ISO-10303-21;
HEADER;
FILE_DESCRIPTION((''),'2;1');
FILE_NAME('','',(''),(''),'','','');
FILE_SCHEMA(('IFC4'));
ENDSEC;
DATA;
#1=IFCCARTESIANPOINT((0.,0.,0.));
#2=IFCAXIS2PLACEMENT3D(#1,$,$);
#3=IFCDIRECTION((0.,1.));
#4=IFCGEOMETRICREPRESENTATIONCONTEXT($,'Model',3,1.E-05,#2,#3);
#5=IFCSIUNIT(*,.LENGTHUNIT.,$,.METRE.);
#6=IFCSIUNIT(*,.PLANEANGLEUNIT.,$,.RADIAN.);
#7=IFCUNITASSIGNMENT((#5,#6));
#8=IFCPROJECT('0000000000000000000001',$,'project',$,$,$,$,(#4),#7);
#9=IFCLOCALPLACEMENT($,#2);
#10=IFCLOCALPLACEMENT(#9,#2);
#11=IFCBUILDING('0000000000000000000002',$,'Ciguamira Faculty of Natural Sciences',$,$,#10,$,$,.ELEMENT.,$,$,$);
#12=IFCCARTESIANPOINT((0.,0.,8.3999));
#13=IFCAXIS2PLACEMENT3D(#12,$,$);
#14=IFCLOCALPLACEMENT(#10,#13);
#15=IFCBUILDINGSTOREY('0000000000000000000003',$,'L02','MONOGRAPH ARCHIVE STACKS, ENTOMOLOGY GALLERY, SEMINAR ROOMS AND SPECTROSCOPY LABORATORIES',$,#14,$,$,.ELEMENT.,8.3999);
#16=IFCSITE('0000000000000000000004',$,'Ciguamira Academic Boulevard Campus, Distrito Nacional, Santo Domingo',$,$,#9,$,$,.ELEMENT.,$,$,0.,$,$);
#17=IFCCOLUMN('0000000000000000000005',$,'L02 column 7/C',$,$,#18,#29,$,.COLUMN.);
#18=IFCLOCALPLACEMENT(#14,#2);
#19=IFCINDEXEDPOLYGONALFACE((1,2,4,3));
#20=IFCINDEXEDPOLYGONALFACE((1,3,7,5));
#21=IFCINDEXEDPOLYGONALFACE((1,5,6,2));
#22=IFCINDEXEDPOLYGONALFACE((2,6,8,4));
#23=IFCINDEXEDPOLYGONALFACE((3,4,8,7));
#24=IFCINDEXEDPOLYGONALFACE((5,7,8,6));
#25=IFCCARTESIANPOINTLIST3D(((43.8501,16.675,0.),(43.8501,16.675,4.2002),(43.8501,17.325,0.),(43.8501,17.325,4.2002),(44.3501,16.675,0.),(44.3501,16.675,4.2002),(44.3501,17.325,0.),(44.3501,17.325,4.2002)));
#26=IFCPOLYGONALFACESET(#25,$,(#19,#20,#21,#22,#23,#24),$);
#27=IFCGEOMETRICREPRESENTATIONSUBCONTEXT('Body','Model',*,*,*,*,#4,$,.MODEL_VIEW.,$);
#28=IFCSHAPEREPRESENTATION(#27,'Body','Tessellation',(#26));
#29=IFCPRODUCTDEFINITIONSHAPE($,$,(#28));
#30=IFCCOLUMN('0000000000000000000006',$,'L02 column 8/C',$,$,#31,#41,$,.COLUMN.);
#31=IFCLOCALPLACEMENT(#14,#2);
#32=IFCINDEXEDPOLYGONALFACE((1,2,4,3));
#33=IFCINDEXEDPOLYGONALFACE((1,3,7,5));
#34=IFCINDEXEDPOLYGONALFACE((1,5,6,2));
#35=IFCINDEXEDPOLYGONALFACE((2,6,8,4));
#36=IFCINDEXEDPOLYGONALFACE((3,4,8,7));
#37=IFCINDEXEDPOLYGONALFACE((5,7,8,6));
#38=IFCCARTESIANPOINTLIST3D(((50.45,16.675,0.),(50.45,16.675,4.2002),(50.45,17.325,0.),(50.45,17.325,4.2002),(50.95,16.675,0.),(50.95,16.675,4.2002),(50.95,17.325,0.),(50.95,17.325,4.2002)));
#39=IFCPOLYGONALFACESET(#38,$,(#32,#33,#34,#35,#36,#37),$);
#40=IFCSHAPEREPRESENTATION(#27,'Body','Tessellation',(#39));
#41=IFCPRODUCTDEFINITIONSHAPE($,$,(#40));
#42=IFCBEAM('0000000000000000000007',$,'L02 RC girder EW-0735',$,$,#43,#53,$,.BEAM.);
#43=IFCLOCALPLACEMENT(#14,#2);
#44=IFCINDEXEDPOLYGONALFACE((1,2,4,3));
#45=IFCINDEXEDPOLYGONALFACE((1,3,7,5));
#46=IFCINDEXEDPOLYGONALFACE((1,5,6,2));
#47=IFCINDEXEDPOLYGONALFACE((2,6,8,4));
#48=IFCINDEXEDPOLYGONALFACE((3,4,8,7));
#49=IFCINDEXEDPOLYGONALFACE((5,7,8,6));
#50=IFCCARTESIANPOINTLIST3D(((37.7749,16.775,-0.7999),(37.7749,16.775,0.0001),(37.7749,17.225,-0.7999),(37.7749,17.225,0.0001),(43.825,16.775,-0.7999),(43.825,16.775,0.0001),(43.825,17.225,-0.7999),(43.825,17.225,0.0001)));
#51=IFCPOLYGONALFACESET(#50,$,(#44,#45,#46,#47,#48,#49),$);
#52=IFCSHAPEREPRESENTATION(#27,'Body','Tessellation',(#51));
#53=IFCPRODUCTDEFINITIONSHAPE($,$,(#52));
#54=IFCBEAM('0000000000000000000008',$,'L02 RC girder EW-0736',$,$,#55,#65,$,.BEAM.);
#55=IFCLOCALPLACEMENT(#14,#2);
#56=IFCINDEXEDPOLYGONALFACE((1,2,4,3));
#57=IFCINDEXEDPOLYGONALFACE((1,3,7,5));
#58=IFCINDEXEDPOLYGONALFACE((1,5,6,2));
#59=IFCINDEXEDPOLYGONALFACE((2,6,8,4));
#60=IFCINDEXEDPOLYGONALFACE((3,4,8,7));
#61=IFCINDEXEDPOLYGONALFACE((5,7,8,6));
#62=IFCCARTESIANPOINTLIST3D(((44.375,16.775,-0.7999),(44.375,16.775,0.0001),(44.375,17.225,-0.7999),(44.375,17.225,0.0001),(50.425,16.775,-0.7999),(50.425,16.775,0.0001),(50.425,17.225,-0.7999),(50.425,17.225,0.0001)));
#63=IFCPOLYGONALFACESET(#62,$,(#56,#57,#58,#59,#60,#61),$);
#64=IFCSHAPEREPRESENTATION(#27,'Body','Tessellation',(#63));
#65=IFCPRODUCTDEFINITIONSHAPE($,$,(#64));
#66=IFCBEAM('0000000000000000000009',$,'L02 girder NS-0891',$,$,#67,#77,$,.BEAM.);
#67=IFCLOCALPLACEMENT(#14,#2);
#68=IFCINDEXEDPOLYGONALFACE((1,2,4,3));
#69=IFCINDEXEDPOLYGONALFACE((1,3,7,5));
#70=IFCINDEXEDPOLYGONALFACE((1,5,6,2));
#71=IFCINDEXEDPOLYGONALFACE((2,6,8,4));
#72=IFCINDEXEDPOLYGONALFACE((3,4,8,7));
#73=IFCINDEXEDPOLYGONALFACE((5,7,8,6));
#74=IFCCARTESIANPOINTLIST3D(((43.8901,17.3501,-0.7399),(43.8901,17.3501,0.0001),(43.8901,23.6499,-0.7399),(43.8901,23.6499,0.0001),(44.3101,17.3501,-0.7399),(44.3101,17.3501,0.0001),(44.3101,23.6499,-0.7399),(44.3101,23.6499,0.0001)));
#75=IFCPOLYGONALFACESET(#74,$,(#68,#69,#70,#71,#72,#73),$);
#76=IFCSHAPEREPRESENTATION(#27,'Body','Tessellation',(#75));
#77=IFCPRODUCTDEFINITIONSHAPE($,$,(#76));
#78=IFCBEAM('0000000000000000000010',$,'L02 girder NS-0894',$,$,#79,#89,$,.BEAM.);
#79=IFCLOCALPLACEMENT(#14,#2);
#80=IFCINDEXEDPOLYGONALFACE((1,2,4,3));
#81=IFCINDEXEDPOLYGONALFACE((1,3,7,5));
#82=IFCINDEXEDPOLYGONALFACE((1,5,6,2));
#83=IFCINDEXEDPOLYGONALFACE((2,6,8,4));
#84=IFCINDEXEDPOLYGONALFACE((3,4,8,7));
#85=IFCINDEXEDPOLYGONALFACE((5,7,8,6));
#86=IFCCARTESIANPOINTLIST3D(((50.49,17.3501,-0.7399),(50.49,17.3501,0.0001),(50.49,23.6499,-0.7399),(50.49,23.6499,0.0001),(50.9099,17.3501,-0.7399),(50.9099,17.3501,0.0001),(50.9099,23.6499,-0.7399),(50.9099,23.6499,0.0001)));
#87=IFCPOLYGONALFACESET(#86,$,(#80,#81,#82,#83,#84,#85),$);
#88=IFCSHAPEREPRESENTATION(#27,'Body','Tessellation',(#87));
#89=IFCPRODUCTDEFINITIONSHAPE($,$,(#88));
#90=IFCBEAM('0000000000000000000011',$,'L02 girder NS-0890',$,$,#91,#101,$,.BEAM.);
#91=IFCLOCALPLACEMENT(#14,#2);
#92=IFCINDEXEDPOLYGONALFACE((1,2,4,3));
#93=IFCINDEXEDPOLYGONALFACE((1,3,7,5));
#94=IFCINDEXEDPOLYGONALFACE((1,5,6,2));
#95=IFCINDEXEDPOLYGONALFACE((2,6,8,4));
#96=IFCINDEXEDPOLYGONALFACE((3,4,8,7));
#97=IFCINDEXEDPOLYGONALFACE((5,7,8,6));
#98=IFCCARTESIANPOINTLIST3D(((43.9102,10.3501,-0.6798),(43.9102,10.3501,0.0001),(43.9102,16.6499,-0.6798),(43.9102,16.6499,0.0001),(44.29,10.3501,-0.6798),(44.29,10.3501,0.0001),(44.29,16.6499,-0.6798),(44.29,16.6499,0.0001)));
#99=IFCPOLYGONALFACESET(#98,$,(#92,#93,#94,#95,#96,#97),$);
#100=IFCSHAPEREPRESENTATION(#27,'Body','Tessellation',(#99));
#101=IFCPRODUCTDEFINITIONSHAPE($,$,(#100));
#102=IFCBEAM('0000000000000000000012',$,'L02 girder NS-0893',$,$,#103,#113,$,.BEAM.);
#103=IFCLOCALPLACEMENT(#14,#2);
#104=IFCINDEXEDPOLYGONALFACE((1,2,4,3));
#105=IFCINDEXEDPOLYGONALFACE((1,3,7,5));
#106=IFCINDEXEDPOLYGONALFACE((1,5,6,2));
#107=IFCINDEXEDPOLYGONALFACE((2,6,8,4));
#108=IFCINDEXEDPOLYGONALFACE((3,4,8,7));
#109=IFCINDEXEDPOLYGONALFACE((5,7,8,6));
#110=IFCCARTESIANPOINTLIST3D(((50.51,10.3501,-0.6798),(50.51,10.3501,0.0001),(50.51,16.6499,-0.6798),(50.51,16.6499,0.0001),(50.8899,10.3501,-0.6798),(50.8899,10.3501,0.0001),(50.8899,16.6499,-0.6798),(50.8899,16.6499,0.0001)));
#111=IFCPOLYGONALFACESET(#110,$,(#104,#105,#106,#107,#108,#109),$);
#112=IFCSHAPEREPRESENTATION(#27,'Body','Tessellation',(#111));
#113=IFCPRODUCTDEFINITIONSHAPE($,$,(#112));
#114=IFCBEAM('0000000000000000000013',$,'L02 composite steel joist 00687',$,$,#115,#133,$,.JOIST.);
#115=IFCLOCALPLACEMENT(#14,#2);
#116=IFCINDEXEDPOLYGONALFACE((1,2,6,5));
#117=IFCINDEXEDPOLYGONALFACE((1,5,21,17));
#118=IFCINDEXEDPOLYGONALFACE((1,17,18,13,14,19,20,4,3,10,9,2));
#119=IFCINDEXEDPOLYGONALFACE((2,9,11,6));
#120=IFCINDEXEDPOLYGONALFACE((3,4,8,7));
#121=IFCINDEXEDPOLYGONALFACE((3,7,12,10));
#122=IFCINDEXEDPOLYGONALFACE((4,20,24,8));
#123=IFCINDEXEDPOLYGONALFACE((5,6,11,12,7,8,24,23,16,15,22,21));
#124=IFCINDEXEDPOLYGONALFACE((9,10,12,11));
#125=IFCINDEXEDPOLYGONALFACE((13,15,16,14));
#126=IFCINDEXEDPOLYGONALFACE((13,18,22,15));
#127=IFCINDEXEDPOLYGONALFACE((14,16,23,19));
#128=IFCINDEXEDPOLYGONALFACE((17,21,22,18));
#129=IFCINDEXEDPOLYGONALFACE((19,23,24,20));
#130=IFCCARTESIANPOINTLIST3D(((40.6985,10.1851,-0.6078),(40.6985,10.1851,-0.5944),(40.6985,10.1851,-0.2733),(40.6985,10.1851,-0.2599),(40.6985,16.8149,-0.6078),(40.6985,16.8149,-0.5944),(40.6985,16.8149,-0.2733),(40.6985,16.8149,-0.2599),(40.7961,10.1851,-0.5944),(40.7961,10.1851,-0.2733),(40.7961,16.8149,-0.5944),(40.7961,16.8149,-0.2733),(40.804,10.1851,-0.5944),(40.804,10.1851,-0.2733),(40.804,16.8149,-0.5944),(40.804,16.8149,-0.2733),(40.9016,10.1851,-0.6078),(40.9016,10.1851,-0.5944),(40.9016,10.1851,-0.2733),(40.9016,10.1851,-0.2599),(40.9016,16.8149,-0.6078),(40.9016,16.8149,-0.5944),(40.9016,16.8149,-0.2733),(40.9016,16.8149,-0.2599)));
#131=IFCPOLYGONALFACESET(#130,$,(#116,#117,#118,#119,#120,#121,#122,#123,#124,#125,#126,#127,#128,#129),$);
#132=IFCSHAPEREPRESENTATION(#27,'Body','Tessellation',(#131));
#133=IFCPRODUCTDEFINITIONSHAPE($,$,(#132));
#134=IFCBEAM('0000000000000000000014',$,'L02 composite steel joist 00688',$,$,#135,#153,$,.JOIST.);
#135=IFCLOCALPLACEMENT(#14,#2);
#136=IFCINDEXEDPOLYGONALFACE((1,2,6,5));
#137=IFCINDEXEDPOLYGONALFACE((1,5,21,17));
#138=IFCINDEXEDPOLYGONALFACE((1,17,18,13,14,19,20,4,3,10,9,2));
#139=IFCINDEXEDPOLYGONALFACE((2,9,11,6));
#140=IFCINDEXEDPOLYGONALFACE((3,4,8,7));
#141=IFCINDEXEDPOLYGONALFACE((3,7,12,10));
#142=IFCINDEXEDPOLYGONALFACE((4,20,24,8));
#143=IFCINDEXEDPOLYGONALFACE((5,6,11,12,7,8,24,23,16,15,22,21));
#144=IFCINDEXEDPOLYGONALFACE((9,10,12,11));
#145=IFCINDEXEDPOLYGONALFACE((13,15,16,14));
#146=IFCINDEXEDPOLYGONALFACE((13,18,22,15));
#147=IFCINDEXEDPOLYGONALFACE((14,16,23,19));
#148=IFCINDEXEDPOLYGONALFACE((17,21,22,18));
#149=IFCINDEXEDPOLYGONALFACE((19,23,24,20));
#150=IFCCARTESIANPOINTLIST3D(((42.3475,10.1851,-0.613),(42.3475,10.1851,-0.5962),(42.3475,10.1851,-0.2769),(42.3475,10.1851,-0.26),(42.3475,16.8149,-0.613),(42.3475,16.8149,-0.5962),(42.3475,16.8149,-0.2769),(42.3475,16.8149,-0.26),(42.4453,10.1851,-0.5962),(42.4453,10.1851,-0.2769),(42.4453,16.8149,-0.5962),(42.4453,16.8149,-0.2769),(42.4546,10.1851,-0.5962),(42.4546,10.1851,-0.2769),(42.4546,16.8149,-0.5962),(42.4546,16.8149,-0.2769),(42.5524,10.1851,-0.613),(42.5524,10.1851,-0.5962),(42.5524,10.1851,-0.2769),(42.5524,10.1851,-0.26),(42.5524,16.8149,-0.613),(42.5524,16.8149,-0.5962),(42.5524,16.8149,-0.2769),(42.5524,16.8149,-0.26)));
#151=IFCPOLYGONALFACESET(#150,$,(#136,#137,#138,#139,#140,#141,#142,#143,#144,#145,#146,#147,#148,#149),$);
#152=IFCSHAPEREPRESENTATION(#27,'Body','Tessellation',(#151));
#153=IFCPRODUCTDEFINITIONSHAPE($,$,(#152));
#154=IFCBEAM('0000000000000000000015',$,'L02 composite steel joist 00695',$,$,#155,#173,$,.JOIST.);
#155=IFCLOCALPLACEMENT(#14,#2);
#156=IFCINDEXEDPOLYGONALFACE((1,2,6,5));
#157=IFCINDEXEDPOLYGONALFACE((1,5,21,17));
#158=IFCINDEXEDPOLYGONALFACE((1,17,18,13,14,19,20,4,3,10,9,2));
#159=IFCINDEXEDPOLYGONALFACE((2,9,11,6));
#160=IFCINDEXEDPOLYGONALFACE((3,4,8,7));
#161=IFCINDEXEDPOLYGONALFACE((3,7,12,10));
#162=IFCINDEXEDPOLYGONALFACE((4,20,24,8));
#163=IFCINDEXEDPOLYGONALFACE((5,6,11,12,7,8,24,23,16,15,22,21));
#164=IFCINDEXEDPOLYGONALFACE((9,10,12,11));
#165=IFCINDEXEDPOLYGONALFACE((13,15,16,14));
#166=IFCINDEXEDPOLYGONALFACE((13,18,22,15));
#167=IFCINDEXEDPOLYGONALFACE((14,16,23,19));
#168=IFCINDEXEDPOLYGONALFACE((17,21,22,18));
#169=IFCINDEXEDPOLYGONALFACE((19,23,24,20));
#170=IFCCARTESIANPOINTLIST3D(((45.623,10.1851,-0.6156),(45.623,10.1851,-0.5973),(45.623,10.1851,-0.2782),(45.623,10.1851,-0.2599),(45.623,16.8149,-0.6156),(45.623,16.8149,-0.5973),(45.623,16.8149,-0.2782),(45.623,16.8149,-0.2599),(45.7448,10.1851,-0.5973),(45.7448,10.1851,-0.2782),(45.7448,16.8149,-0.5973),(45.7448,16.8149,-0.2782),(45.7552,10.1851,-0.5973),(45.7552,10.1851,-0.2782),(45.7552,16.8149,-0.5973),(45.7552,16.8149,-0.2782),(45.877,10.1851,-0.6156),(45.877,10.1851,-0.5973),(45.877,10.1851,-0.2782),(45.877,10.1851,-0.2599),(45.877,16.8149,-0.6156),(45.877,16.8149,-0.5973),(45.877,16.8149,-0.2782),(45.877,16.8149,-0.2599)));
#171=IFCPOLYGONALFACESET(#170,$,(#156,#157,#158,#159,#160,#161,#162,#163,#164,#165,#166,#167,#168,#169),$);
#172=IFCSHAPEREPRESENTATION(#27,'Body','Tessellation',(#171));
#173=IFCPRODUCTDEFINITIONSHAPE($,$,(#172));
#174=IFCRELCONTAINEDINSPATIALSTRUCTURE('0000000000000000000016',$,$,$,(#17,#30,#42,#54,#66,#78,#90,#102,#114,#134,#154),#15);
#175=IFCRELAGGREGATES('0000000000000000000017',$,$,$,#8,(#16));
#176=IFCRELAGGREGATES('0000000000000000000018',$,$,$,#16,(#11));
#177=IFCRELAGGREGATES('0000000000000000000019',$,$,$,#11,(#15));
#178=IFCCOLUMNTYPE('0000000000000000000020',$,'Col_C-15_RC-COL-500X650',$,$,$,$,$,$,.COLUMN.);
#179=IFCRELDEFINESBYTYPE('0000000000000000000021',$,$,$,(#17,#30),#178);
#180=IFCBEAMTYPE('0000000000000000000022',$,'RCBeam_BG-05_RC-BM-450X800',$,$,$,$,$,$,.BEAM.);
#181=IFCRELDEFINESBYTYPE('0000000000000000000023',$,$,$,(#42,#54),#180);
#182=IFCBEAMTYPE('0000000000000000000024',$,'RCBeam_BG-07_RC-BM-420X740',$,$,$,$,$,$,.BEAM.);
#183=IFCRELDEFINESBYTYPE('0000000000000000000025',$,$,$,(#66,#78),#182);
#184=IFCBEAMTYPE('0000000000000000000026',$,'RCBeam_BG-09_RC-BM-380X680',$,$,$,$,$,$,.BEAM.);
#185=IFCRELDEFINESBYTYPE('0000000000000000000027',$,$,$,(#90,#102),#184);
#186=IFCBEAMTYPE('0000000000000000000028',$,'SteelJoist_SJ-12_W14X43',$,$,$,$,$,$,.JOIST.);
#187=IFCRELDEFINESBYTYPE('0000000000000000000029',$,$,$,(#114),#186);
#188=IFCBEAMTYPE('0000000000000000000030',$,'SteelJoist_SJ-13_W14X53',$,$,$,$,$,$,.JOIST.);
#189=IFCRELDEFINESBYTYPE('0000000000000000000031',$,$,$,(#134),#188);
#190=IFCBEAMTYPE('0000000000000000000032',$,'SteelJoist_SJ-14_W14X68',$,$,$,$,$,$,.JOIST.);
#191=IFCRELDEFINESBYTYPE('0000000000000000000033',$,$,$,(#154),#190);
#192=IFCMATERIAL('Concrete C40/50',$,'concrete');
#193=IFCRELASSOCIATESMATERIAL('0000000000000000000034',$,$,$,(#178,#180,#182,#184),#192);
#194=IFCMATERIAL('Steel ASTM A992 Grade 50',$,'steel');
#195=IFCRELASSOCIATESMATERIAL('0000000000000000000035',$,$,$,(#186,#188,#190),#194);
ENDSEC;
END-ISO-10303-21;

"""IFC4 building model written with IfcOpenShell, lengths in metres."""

from ifc_helpers import new_model, si_unit, direction, frame, origin, origin_2d, place, context, subcontext, project, spatial, rectangle, i_section, extrude, material, material_profile, profile_set, type_object, element, save


model = new_model("IFC4")

# Units and contexts
model_context = context("Model", 3, precision=1e-05, world=origin(), true_north=direction((0.0, 1.0)))
body_context = subcontext(model_context, "Body", "Model", "MODEL_VIEW")
ifc_project = project(units=[si_unit("LENGTHUNIT", "METRE"), si_unit("PLANEANGLEUNIT", "RADIAN")], contexts=[model_context])

# Site, building, storey
site_placement = place(None, origin())
site = spatial("IfcSite", under=ifc_project, at=site_placement, Name="Ciguamira Academic Boulevard Campus, Distrito Nacional, Santo Domingo", CompositionType="ELEMENT", RefElevation=0.0)
building_placement = place(site_placement, origin())
building = spatial("IfcBuilding", under=site, at=building_placement, Name="Ciguamira Faculty of Natural Sciences", CompositionType="ELEMENT")
storey_placement = place(building_placement, frame((0.0, 0.0, 8.3999)))
storey = spatial("IfcBuildingStorey", under=building, at=storey_placement, Name="L02", Description="MONOGRAPH ARCHIVE STACKS, ENTOMOLOGY GALLERY, SEMINAR ROOMS AND SPECTROSCOPY LABORATORIES", CompositionType="ELEMENT", Elevation=8.3999)

# Columns
ifc_material_1 = material(Name="Concrete C40/50", Category="concrete")
ifc_material_profile_1 = material_profile(ifc_material_1, rectangle(XDim=0.5, YDim=0.6499, at=origin_2d()), Name="RC-COL-500X650")
ifc_profile_set_1 = profile_set([ifc_material_profile_1], Name="Concrete C40/50")
column_type = type_object("IfcColumnType", Name="Col_C-15_RC-COL-500X650", PredefinedType="COLUMN", material=ifc_profile_set_1)
for number, where, z_axis, x_axis, name in (
    (1, (44.1001, 17.0, 0.0), (0.0, 0.0, 1.0), (1.0, 0.0, 0.0), "L02 column 7/C"),
    (2, (50.7, 17.0, 0.0), (0.0, 0.0, 1.0), (1.0, 0.0, 0.0), "L02 column 8/C"),
):
    element("IfcColumn", number, at=place(storey_placement, frame(where, z_axis=z_axis, x_axis=x_axis)), inside=storey, type_object=column_type, Name=name, PredefinedType="COLUMN", context=body_context, shape_type="SweptSolid", body=[
        extrude(rectangle(XDim=0.5, YDim=0.6499, at=origin_2d()), origin(), (0.0, 0.0, 1.0), 4.2002),
    ])

# Beams
ifc_material_profile_2 = material_profile(ifc_material_1, rectangle(XDim=0.45, YDim=0.8, at=origin_2d()), Name="RC-BM-450X800")
ifc_profile_set_2 = profile_set([ifc_material_profile_2], Name="Concrete C40/50")
beam_type_1 = type_object("IfcBeamType", Name="RCBeam_BG-05_RC-BM-450X800", PredefinedType="BEAM", material=ifc_profile_set_2)
for number, where, z_axis, x_axis, name in (
    (3, (37.7749, 17.0, -0.3999), (1.0, 0.0, 0.0), (0.0, 1.0, 0.0), "L02 RC girder EW-0735"),
    (4, (44.375, 17.0, -0.3999), (1.0, 0.0, 0.0), (0.0, 1.0, 0.0), "L02 RC girder EW-0736"),
):
    element("IfcBeam", number, at=place(storey_placement, frame(where, z_axis=z_axis, x_axis=x_axis)), inside=storey, type_object=beam_type_1, Name=name, PredefinedType="BEAM", context=body_context, shape_type="SweptSolid", body=[
        extrude(rectangle(XDim=0.45, YDim=0.8, at=origin_2d()), origin(), (0.0, 0.0, 1.0), 6.05),
    ])
ifc_material_profile_3 = material_profile(ifc_material_1, rectangle(XDim=0.4199, YDim=0.74, at=origin_2d()), Name="RC-BM-420X740")
ifc_profile_set_3 = profile_set([ifc_material_profile_3], Name="Concrete C40/50")
beam_type_2 = type_object("IfcBeamType", Name="RCBeam_BG-07_RC-BM-420X740", PredefinedType="BEAM", material=ifc_profile_set_3)
for number, where, z_axis, x_axis, name in (
    (5, (44.1001, 17.3501, -0.3699), (0.0, 1.0, 0.0), (-1.0, 0.0, 0.0), "L02 girder NS-0891"),
    (6, (50.7, 17.3501, -0.3699), (0.0, 1.0, 0.0), (-1.0, 0.0, 0.0), "L02 girder NS-0894"),
):
    element("IfcBeam", number, at=place(storey_placement, frame(where, z_axis=z_axis, x_axis=x_axis)), inside=storey, type_object=beam_type_2, Name=name, PredefinedType="BEAM", context=body_context, shape_type="SweptSolid", body=[
        extrude(rectangle(XDim=0.4199, YDim=0.74, at=origin_2d()), origin(), (0.0, 0.0, 1.0), 6.2998),
    ])
ifc_material_profile_4 = material_profile(ifc_material_1, rectangle(XDim=0.3799, YDim=0.6799, at=origin_2d()), Name="RC-BM-380X680")
ifc_profile_set_4 = profile_set([ifc_material_profile_4], Name="Concrete C40/50")
beam_type_3 = type_object("IfcBeamType", Name="RCBeam_BG-09_RC-BM-380X680", PredefinedType="BEAM", material=ifc_profile_set_4)
for number, where, z_axis, x_axis, name in (
    (7, (44.1001, 10.3501, -0.3398), (0.0, 1.0, 0.0), (-1.0, 0.0, 0.0), "L02 girder NS-0890"),
    (8, (50.7, 10.3501, -0.3398), (0.0, 1.0, 0.0), (-1.0, 0.0, 0.0), "L02 girder NS-0893"),
):
    element("IfcBeam", number, at=place(storey_placement, frame(where, z_axis=z_axis, x_axis=x_axis)), inside=storey, type_object=beam_type_3, Name=name, PredefinedType="BEAM", context=body_context, shape_type="SweptSolid", body=[
        extrude(rectangle(XDim=0.3799, YDim=0.6799, at=origin_2d()), origin(), (0.0, 0.0, 1.0), 6.2998),
    ])
ifc_material_2 = material(Name="Steel ASTM A992 Grade 50", Category="steel")
ifc_material_profile_5 = material_profile(ifc_material_2, i_section(OverallWidth=0.2031, OverallDepth=0.3479, WebThickness=0.0078, FlangeThickness=0.0134, at=origin_2d()), Name="W14X43")
ifc_profile_set_5 = profile_set([ifc_material_profile_5], Name="Steel ASTM A992 Grade 50")
beam_type_4 = type_object("IfcBeamType", Name="SteelJoist_SJ-12_W14X43", PredefinedType="JOIST", material=ifc_profile_set_5)
beam_1_placement = place(storey_placement, frame((40.8, 10.1851, -0.4338), z_axis=(0.0, 1.0, 0.0), x_axis=(-1.0, 0.0, 0.0)))
element("IfcBeam", 9, at=beam_1_placement, inside=storey, type_object=beam_type_4, Name="L02 composite steel joist 00687", PredefinedType="JOIST", context=body_context, shape_type="SweptSolid", body=[
    extrude(i_section(OverallWidth=0.2031, OverallDepth=0.3479, WebThickness=0.0078, FlangeThickness=0.0134, at=origin_2d()), origin(), (0.0, 0.0, 1.0), 6.6299),
])
ifc_material_profile_6 = material_profile(ifc_material_2, i_section(OverallWidth=0.2048, OverallDepth=0.353, WebThickness=0.0093, FlangeThickness=0.0168, at=origin_2d()), Name="W14X53")
ifc_profile_set_6 = profile_set([ifc_material_profile_6], Name="Steel ASTM A992 Grade 50")
beam_type_5 = type_object("IfcBeamType", Name="SteelJoist_SJ-13_W14X53", PredefinedType="JOIST", material=ifc_profile_set_6)
beam_2_placement = place(storey_placement, frame((42.45, 10.1851, -0.4365), z_axis=(0.0, 1.0, 0.0), x_axis=(-1.0, 0.0, 0.0)))
element("IfcBeam", 10, at=beam_2_placement, inside=storey, type_object=beam_type_5, Name="L02 composite steel joist 00688", PredefinedType="JOIST", context=body_context, shape_type="SweptSolid", body=[
    extrude(i_section(OverallWidth=0.2048, OverallDepth=0.353, WebThickness=0.0093, FlangeThickness=0.0168, at=origin_2d()), origin(), (0.0, 0.0, 1.0), 6.6299),
])
ifc_material_profile_7 = material_profile(ifc_material_2, i_section(OverallWidth=0.2539, OverallDepth=0.3557, WebThickness=0.0105, FlangeThickness=0.0183, at=origin_2d()), Name="W14X68")
ifc_profile_set_7 = profile_set([ifc_material_profile_7], Name="Steel ASTM A992 Grade 50")
beam_type_6 = type_object("IfcBeamType", Name="SteelJoist_SJ-14_W14X68", PredefinedType="JOIST", material=ifc_profile_set_7)
beam_3_placement = place(storey_placement, frame((45.75, 10.1851, -0.4377), z_axis=(0.0, 1.0, 0.0), x_axis=(-1.0, 0.0, 0.0)))
element("IfcBeam", 11, at=beam_3_placement, inside=storey, type_object=beam_type_6, Name="L02 composite steel joist 00695", PredefinedType="JOIST", context=body_context, shape_type="SweptSolid", body=[
    extrude(i_section(OverallWidth=0.2539, OverallDepth=0.3557, WebThickness=0.0105, FlangeThickness=0.0183, at=origin_2d()), origin(), (0.0, 0.0, 1.0), 6.6299),
])

save(model, "model.ifc")
